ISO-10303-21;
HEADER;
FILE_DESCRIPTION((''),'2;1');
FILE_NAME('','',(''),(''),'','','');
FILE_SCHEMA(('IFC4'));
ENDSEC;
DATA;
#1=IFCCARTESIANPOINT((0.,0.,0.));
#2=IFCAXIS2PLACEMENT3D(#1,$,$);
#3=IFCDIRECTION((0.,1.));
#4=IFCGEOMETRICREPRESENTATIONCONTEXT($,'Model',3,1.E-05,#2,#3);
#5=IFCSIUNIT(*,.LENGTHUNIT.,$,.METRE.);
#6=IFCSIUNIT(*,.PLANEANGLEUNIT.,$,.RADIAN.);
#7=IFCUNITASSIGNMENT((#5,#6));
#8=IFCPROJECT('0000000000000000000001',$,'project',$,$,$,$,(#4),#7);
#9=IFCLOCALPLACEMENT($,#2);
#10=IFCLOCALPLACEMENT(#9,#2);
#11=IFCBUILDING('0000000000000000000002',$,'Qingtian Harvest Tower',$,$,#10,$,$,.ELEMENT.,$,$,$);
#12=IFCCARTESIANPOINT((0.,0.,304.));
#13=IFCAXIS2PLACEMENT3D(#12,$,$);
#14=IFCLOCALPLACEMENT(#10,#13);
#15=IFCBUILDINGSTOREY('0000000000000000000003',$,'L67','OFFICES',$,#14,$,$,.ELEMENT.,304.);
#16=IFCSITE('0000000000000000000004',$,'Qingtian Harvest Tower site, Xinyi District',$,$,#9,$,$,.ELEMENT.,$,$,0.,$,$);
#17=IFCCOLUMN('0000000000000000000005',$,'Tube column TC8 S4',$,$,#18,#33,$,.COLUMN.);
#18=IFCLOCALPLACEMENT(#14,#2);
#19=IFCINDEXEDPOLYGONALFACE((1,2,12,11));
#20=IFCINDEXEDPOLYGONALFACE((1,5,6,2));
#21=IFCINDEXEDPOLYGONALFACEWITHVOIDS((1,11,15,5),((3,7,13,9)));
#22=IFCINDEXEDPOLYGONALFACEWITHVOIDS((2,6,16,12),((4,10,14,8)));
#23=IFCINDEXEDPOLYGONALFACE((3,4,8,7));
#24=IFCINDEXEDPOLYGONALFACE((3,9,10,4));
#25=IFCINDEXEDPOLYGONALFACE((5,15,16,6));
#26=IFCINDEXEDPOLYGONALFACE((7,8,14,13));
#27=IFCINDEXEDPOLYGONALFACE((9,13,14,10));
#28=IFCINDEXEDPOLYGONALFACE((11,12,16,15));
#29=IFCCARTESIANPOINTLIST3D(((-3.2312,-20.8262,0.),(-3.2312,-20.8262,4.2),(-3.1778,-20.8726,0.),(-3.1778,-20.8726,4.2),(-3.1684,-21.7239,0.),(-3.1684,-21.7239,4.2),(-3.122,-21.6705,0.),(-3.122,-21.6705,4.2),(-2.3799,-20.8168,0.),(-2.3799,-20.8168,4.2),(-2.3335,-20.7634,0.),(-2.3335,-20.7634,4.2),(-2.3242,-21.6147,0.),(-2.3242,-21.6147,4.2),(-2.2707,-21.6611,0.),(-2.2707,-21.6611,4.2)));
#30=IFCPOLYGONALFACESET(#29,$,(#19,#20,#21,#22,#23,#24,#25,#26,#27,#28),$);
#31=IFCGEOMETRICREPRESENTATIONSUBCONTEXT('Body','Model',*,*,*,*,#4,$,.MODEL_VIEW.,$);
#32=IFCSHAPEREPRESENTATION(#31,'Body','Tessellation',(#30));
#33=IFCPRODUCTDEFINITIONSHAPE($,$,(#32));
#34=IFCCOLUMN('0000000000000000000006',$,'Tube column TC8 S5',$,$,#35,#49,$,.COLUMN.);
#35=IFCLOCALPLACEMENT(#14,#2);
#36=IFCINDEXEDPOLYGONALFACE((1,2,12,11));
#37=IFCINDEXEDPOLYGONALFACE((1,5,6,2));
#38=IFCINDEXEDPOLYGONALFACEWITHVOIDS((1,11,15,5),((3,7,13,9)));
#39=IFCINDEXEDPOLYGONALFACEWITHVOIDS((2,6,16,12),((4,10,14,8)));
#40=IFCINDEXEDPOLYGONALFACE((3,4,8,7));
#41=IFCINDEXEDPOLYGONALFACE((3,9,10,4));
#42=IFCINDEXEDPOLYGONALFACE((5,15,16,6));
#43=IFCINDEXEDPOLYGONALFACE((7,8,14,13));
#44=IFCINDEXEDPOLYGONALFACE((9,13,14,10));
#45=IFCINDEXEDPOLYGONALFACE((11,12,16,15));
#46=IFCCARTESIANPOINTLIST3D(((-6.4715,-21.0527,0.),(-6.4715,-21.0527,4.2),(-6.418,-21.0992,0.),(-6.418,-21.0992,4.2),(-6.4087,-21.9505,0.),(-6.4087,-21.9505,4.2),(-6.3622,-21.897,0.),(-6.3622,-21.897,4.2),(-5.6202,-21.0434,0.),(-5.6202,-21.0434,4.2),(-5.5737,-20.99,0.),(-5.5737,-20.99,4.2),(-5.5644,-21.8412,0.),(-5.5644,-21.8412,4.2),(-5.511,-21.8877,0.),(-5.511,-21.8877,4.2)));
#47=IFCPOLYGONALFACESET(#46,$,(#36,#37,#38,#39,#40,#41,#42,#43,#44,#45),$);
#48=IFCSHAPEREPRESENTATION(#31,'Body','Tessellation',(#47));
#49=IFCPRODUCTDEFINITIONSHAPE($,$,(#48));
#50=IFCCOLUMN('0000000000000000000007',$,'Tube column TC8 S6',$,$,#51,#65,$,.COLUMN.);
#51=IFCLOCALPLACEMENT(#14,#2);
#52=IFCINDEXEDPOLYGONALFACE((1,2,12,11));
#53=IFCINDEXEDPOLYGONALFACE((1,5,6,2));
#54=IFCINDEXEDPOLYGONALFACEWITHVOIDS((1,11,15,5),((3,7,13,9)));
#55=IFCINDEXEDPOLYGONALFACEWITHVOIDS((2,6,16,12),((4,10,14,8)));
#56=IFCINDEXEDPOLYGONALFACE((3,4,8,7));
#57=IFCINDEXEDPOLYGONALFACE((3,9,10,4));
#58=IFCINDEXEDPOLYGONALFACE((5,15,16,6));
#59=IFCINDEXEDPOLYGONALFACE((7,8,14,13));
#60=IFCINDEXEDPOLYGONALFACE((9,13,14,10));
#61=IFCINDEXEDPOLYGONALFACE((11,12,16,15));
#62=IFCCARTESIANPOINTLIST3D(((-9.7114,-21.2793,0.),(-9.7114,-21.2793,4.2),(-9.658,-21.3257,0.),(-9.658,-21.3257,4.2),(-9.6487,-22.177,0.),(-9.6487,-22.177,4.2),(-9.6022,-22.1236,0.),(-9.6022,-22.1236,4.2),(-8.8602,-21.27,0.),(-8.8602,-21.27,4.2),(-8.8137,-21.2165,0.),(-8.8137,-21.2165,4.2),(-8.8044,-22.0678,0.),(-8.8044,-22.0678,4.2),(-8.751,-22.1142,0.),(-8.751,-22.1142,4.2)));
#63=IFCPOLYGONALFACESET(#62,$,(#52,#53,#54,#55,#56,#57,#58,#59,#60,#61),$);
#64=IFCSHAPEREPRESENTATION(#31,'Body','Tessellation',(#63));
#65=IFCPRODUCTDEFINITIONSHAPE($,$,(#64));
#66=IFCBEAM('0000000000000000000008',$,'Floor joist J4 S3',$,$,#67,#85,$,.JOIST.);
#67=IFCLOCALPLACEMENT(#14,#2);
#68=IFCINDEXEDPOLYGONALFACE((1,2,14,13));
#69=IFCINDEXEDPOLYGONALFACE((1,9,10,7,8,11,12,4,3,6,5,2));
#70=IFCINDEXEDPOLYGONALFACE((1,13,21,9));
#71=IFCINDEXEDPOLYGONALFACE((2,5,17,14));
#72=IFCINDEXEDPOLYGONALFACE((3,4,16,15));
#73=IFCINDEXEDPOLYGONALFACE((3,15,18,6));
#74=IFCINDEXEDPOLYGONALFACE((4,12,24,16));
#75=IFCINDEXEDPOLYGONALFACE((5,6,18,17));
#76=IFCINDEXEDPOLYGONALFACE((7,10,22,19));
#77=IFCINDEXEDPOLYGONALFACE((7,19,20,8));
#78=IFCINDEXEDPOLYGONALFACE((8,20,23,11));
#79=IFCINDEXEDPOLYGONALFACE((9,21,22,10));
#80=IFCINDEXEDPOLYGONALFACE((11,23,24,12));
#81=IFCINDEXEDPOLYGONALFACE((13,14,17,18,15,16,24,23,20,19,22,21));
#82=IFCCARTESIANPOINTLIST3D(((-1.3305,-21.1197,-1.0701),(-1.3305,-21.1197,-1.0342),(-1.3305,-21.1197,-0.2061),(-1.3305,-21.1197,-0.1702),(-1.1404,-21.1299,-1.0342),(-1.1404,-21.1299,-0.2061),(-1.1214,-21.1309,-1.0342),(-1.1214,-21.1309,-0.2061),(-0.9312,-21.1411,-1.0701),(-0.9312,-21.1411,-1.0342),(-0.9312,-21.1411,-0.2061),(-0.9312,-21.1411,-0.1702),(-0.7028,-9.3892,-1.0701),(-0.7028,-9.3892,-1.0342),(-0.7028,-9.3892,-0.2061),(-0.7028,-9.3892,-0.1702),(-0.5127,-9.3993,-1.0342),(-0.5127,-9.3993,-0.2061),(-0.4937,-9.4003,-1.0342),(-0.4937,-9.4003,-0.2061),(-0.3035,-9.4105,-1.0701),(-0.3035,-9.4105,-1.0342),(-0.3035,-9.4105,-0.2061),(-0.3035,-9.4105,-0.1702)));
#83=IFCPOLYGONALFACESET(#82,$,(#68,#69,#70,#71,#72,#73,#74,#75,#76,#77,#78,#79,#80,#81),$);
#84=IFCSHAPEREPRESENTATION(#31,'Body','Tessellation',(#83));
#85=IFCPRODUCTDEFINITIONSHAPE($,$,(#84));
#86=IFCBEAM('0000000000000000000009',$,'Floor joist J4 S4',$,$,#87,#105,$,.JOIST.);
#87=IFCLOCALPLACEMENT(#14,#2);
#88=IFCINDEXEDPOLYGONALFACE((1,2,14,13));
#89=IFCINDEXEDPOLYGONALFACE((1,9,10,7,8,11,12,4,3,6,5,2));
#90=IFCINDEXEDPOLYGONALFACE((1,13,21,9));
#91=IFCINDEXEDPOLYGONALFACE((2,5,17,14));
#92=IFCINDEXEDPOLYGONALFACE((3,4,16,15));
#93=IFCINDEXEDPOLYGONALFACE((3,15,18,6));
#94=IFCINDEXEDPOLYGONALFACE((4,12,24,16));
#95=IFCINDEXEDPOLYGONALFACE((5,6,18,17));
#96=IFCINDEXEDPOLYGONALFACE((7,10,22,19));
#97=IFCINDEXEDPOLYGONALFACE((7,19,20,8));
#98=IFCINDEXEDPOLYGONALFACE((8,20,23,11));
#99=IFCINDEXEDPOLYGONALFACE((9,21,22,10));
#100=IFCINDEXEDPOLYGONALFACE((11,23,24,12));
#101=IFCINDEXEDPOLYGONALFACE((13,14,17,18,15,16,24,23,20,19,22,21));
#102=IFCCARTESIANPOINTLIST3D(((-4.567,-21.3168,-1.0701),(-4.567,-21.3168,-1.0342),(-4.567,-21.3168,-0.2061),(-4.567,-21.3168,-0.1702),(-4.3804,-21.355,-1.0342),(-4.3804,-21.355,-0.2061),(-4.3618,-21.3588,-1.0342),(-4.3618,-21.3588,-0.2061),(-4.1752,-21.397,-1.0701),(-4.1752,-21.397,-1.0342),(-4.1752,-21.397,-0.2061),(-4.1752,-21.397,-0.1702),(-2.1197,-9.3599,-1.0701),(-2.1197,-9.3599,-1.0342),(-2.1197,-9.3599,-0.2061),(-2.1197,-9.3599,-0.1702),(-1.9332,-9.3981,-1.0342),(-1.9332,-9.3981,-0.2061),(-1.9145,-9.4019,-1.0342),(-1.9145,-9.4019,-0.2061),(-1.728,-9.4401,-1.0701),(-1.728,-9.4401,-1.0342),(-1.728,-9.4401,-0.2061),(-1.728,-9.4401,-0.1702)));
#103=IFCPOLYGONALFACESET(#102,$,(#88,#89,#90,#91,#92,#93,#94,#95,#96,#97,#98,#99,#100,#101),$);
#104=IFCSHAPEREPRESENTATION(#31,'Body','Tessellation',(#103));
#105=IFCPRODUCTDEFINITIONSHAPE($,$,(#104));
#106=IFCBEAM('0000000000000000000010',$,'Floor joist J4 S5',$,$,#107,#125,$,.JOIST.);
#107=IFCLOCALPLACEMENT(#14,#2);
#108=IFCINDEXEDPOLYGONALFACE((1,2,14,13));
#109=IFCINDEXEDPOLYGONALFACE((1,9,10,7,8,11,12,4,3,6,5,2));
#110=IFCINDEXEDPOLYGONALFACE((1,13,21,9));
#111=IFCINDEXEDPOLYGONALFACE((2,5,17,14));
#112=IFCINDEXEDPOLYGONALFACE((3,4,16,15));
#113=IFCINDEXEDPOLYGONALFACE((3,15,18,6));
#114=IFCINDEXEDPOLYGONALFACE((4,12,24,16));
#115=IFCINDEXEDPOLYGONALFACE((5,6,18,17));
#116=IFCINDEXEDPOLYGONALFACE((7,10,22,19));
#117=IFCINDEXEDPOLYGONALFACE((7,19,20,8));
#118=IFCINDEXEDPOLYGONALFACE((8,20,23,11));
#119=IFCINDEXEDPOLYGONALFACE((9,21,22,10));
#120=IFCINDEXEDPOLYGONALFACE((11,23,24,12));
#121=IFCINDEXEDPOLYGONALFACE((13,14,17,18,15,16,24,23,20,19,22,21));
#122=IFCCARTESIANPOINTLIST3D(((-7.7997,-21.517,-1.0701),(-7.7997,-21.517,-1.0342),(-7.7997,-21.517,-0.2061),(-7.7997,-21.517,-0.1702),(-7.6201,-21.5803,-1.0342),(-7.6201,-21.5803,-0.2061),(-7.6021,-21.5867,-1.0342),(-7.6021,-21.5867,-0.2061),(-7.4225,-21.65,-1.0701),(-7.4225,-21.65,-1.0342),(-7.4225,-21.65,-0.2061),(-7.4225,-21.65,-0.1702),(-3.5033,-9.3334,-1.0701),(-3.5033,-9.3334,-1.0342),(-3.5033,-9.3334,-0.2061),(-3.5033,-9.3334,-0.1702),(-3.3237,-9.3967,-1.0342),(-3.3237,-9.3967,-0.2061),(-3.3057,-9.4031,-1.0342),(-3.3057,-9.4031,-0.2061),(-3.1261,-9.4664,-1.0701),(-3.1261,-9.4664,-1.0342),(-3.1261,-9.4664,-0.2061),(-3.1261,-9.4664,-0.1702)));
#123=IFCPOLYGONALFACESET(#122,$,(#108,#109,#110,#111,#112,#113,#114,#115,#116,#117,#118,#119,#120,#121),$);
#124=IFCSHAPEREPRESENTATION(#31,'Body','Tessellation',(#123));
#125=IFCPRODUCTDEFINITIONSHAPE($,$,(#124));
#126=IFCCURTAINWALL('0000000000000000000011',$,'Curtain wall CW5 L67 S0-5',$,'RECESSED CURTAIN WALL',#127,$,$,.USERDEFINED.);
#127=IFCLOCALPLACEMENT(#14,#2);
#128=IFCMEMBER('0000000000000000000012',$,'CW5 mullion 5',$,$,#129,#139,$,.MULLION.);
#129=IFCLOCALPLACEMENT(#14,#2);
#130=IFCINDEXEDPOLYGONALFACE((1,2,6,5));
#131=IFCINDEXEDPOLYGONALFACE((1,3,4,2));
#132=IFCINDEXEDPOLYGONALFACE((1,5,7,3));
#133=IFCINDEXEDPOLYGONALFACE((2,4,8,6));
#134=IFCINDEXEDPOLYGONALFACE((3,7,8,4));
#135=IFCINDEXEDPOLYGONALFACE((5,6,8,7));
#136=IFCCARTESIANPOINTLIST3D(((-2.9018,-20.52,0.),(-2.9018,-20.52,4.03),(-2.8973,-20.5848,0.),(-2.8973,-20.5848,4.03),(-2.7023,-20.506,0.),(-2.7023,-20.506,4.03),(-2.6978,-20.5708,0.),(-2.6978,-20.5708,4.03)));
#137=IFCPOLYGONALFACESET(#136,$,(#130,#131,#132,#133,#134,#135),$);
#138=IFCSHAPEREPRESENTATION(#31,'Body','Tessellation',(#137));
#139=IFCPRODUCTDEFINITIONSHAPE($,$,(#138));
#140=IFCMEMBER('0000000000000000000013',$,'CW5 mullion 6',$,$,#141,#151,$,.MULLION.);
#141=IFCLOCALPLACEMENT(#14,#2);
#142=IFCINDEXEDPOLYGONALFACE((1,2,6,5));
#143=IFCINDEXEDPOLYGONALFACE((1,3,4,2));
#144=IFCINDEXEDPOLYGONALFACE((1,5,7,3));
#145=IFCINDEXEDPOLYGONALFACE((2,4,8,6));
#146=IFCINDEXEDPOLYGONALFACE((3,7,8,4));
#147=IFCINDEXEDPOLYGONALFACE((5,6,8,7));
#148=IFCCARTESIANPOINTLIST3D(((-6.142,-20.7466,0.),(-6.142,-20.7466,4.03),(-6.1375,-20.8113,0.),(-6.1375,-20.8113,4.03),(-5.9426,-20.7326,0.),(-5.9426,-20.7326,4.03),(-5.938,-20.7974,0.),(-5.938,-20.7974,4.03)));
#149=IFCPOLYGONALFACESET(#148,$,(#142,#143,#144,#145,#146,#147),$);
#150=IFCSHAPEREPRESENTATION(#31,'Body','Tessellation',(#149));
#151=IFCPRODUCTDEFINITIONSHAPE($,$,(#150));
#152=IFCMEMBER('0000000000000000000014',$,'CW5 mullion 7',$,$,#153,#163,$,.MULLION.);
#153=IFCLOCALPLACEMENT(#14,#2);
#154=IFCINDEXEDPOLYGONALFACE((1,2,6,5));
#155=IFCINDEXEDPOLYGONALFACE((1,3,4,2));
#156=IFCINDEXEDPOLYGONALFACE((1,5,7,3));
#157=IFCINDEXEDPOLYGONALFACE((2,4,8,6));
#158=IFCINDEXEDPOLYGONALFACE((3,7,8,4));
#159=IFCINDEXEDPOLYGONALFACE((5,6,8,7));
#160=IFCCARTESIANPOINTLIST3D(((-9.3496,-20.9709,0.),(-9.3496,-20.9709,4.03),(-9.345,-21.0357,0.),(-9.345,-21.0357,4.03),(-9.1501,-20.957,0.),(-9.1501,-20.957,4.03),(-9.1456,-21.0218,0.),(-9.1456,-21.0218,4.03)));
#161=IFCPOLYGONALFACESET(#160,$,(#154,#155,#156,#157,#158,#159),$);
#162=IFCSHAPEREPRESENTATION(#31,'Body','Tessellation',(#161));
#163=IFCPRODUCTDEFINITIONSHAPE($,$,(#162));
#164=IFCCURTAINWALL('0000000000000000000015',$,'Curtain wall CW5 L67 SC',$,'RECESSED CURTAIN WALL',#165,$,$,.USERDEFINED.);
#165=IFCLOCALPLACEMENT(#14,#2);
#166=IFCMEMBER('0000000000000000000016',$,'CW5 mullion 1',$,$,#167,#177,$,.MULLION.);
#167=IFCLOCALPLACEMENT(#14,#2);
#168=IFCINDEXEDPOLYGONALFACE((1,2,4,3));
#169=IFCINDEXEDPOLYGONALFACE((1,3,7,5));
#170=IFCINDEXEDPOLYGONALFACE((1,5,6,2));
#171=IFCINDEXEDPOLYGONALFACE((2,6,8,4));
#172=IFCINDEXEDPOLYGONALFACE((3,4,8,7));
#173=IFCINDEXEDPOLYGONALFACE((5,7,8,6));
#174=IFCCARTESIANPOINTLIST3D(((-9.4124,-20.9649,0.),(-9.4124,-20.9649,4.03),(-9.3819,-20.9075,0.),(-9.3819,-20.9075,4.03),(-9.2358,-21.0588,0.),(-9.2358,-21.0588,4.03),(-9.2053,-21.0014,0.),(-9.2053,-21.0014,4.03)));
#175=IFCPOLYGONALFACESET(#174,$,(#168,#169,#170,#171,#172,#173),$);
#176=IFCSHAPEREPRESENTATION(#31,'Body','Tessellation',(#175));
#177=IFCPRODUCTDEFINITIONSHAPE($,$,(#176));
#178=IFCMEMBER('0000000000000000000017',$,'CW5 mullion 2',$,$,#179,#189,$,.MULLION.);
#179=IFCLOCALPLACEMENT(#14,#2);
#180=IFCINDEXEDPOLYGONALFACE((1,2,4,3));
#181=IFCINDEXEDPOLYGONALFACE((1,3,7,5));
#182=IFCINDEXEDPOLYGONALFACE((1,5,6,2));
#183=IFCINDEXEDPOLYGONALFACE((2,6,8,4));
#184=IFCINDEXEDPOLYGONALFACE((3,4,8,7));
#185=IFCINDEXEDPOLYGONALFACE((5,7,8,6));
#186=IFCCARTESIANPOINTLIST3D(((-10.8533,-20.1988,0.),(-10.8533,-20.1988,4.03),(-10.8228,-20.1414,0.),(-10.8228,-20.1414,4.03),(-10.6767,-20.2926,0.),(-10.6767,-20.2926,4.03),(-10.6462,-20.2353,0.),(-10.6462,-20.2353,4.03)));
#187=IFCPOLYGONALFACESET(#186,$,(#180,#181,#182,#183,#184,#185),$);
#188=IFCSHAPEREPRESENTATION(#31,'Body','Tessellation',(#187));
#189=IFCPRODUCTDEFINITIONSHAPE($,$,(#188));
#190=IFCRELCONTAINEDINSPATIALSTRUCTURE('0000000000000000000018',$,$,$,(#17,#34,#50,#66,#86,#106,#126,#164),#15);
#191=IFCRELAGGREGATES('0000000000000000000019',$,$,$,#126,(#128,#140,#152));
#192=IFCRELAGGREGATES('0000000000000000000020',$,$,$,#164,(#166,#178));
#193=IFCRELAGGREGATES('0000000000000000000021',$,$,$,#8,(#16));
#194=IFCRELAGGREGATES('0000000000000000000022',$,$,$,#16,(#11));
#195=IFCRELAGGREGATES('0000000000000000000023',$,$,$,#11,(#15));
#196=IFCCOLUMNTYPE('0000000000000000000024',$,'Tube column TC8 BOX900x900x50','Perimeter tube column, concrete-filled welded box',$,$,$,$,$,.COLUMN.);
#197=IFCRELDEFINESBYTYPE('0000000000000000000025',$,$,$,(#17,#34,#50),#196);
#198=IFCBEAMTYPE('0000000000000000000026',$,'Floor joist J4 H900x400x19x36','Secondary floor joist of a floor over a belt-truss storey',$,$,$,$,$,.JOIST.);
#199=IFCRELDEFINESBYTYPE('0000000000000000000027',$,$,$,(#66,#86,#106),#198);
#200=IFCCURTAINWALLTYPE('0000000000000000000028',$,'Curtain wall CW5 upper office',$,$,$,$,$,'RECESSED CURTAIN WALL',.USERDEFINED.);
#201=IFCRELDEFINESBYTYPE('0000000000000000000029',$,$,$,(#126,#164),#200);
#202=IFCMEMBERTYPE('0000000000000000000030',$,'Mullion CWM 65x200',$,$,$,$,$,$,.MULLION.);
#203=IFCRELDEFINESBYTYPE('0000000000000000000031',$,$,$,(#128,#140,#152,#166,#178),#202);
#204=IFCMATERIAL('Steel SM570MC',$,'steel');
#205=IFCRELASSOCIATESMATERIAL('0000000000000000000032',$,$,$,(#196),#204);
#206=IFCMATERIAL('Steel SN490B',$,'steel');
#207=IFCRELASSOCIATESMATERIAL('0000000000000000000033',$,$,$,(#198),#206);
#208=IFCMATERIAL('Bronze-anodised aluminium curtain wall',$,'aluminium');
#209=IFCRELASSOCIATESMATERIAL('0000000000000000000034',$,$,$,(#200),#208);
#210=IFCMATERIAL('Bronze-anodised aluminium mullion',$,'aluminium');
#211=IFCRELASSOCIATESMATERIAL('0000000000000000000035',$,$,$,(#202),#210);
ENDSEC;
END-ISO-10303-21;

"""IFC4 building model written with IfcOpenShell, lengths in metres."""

from ifc_helpers import new_model, si_unit, direction, frame, origin, origin_2d, place, context, subcontext, project, spatial, rectangle, hollow_rectangle, i_section, extrude, material, material_profile, profile_set, type_object, element, aggregate, save


model = new_model("IFC4")

# Units and contexts
model_context = context("Model", 3, precision=1e-05, world=origin(), true_north=direction((0.0, 1.0)))
body_context = subcontext(model_context, "Body", "Model", "MODEL_VIEW")
ifc_project = project(units=[si_unit("LENGTHUNIT", "METRE"), si_unit("PLANEANGLEUNIT", "RADIAN")], contexts=[model_context])

# Site, building, storey
site_placement = place(None, origin())
site = spatial("IfcSite", under=ifc_project, at=site_placement, Name="Qingtian Harvest Tower site, Xinyi District", CompositionType="ELEMENT", RefElevation=0.0)
building_placement = place(site_placement, origin())
building = spatial("IfcBuilding", under=site, at=building_placement, Name="Qingtian Harvest Tower", CompositionType="ELEMENT")
storey_placement = place(building_placement, frame((0.0, 0.0, 304.0)))
storey = spatial("IfcBuildingStorey", under=building, at=storey_placement, Name="L67", Description="OFFICES", CompositionType="ELEMENT", Elevation=304.0)

# Columns
ifc_material_1 = material(Name="Steel SM570MC", Category="steel")
ifc_material_profile_1 = material_profile(ifc_material_1, hollow_rectangle(XDim=0.8999, YDim=0.8999, WallThickness=0.05, at=origin_2d()), Name="BOX900x900x50")
ifc_profile_set_1 = profile_set([ifc_material_profile_1], Name="Steel SM570MC")
column_type = type_object("IfcColumnType", Name="Tube column TC8 BOX900x900x50", Description="Perimeter tube column, concrete-filled welded box", PredefinedType="COLUMN", material=ifc_profile_set_1)
for number, where, z_axis, x_axis, name in (
    (1, (-2.751, -21.2437, 0.0), (0.0, 0.0, 1.0), (0.997564, 0.069756, 0.0), "Tube column TC8 S4"),
    (2, (-5.9912, -21.4702, 0.0), (0.0, 0.0, 1.0), (0.997564, 0.069756, 0.0), "Tube column TC8 S5"),
    (3, (-9.2312, -21.6968, 0.0), (0.0, 0.0, 1.0), (0.997564, 0.069756, 0.0), "Tube column TC8 S6"),
):
    element("IfcColumn", number, at=place(storey_placement, frame(where, z_axis=z_axis, x_axis=x_axis)), inside=storey, type_object=column_type, Name=name, PredefinedType="COLUMN", context=body_context, shape_type="SweptSolid", body=[
        extrude(hollow_rectangle(XDim=0.8999, YDim=0.8999, WallThickness=0.05, at=origin_2d()), origin(), (0.0, 0.0, 1.0), 4.2),
    ])

# Beams
ifc_material_2 = material(Name="Steel SN490B", Category="steel")
ifc_material_profile_2 = material_profile(ifc_material_2, i_section(OverallWidth=0.3999, OverallDepth=0.8999, WebThickness=0.019, FlangeThickness=0.0359, at=origin_2d()), Name="H900x400x19x36")
ifc_profile_set_2 = profile_set([ifc_material_profile_2], Name="Steel SN490B")
beam_type_1 = type_object("IfcBeamType", Name="Floor joist J4 H900x400x19x36", Description="Secondary floor joist of a floor over a belt-truss storey", PredefinedType="JOIST", material=ifc_profile_set_2)
beam_1_placement = place(storey_placement, frame((-1.1309, -21.1304, -0.6201), z_axis=(0.053433, 0.998571, 0.0), x_axis=(-0.998571, 0.053433, 0.0)))
element("IfcBeam", 4, at=beam_1_placement, inside=storey, type_object=beam_type_1, Name="Floor joist J4 S3", PredefinedType="JOIST", context=body_context, shape_type="SweptSolid", body=[
    extrude(i_section(OverallWidth=0.3999, OverallDepth=0.8999, WebThickness=0.019, FlangeThickness=0.0359, at=origin_2d()), origin(), (0.0, 0.0, 1.0), 11.7473),
])
beam_2_placement = place(storey_placement, frame((-4.3711, -21.3569, -0.6201), z_axis=(0.200515, 0.979691, 0.0), x_axis=(-0.979691, 0.200515, 0.0)))
element("IfcBeam", 5, at=beam_2_placement, inside=storey, type_object=beam_type_1, Name="Floor joist J4 S4", PredefinedType="JOIST", context=body_context, shape_type="SweptSolid", body=[
    extrude(i_section(OverallWidth=0.3999, OverallDepth=0.8999, WebThickness=0.019, FlangeThickness=0.0359, at=origin_2d()), origin(), (0.0, 0.0, 1.0), 12.2048),
])
beam_3_placement = place(storey_placement, frame((-7.6111, -21.5835, -0.6201), z_axis=(0.332565, 0.94308, 0.0), x_axis=(-0.94308, 0.332565, 0.0)))
element("IfcBeam", 6, at=beam_3_placement, inside=storey, type_object=beam_type_1, Name="Floor joist J4 S5", PredefinedType="JOIST", context=body_context, shape_type="SweptSolid", body=[
    extrude(i_section(OverallWidth=0.3999, OverallDepth=0.8999, WebThickness=0.019, FlangeThickness=0.0359, at=origin_2d()), origin(), (0.0, 0.0, 1.0), 12.9189),
])

# Curtain walls, members
ifc_material_3 = material(Name="Bronze-anodised aluminium curtain wall", Category="aluminium")
curtain_wall_type = type_object("IfcCurtainWallType", Name="Curtain wall CW5 upper office", ElementType="RECESSED CURTAIN WALL", PredefinedType="USERDEFINED", material=ifc_material_3)
curtain_wall_1_placement = place(storey_placement, origin())
curtain_wall_1 = element("IfcCurtainWall", 7, at=curtain_wall_1_placement, inside=storey, type_object=curtain_wall_type, Name="Curtain wall CW5 L67 S0-5", ObjectType="RECESSED CURTAIN WALL", PredefinedType="USERDEFINED")
ifc_material_4 = material(Name="Bronze-anodised aluminium mullion", Category="aluminium")
ifc_material_profile_3 = material_profile(ifc_material_4, rectangle(XDim=0.0649, YDim=0.2, at=origin_2d()), Name="AL 65x200")
ifc_profile_set_3 = profile_set([ifc_material_profile_3], Name="Bronze-anodised aluminium mullion")
member_type_1 = type_object("IfcMemberType", Name="Mullion CWM 65x200", PredefinedType="MULLION", material=ifc_profile_set_3)
member_1_placement = place(storey_placement, frame((-2.7998, -20.5454, 0.0), z_axis=(0.0, 0.0, 1.0), x_axis=(0.069756, -0.997564, 0.0)))
member_1 = element("IfcMember", 8, at=member_1_placement, type_object=member_type_1, Name="CW5 mullion 5", PredefinedType="MULLION", context=body_context, shape_type="SweptSolid", body=[
    extrude(rectangle(XDim=0.0649, YDim=0.2, at=origin_2d()), origin(), (0.0, 0.0, 1.0), 4.03),
])
member_2_placement = place(storey_placement, frame((-6.04, -20.772, 0.0), z_axis=(0.0, 0.0, 1.0), x_axis=(0.069756, -0.997564, 0.0)))
member_2 = element("IfcMember", 9, at=member_2_placement, type_object=member_type_1, Name="CW5 mullion 6", PredefinedType="MULLION", context=body_context, shape_type="SweptSolid", body=[
    extrude(rectangle(XDim=0.0649, YDim=0.2, at=origin_2d()), origin(), (0.0, 0.0, 1.0), 4.03),
])
member_3_placement = place(storey_placement, frame((-9.2476, -20.9963, 0.0), z_axis=(0.0, 0.0, 1.0), x_axis=(0.069756, -0.997564, 0.0)))
member_3 = element("IfcMember", 10, at=member_3_placement, type_object=member_type_1, Name="CW5 mullion 7", PredefinedType="MULLION", context=body_context, shape_type="SweptSolid", body=[
    extrude(rectangle(XDim=0.0649, YDim=0.2, at=origin_2d()), origin(), (0.0, 0.0, 1.0), 4.03),
])
curtain_wall_2_placement = place(storey_placement, origin())
curtain_wall_2 = element("IfcCurtainWall", 11, at=curtain_wall_2_placement, inside=storey, type_object=curtain_wall_type, Name="Curtain wall CW5 L67 SC", ObjectType="RECESSED CURTAIN WALL", PredefinedType="USERDEFINED")
member_4_placement = place(storey_placement, frame((-9.3088, -20.9832, 0.0), z_axis=(0.0, 0.0, 1.0), x_axis=(-0.469472, -0.882948, 0.0)))
member_4 = element("IfcMember", 12, at=member_4_placement, type_object=member_type_1, Name="CW5 mullion 1", PredefinedType="MULLION", context=body_context, shape_type="SweptSolid", body=[
    extrude(rectangle(XDim=0.0649, YDim=0.2, at=origin_2d()), origin(), (0.0, 0.0, 1.0), 4.03),
])
member_5_placement = place(storey_placement, frame((-10.7498, -20.217, 0.0), z_axis=(0.0, 0.0, 1.0), x_axis=(-0.469472, -0.882948, 0.0)))
member_5 = element("IfcMember", 13, at=member_5_placement, type_object=member_type_1, Name="CW5 mullion 2", PredefinedType="MULLION", context=body_context, shape_type="SweptSolid", body=[
    extrude(rectangle(XDim=0.0649, YDim=0.2, at=origin_2d()), origin(), (0.0, 0.0, 1.0), 4.03),
])

aggregate(curtain_wall_1, [member_1, member_2, member_3])
aggregate(curtain_wall_2, [member_4, member_5])

save(model, "model.ifc")
